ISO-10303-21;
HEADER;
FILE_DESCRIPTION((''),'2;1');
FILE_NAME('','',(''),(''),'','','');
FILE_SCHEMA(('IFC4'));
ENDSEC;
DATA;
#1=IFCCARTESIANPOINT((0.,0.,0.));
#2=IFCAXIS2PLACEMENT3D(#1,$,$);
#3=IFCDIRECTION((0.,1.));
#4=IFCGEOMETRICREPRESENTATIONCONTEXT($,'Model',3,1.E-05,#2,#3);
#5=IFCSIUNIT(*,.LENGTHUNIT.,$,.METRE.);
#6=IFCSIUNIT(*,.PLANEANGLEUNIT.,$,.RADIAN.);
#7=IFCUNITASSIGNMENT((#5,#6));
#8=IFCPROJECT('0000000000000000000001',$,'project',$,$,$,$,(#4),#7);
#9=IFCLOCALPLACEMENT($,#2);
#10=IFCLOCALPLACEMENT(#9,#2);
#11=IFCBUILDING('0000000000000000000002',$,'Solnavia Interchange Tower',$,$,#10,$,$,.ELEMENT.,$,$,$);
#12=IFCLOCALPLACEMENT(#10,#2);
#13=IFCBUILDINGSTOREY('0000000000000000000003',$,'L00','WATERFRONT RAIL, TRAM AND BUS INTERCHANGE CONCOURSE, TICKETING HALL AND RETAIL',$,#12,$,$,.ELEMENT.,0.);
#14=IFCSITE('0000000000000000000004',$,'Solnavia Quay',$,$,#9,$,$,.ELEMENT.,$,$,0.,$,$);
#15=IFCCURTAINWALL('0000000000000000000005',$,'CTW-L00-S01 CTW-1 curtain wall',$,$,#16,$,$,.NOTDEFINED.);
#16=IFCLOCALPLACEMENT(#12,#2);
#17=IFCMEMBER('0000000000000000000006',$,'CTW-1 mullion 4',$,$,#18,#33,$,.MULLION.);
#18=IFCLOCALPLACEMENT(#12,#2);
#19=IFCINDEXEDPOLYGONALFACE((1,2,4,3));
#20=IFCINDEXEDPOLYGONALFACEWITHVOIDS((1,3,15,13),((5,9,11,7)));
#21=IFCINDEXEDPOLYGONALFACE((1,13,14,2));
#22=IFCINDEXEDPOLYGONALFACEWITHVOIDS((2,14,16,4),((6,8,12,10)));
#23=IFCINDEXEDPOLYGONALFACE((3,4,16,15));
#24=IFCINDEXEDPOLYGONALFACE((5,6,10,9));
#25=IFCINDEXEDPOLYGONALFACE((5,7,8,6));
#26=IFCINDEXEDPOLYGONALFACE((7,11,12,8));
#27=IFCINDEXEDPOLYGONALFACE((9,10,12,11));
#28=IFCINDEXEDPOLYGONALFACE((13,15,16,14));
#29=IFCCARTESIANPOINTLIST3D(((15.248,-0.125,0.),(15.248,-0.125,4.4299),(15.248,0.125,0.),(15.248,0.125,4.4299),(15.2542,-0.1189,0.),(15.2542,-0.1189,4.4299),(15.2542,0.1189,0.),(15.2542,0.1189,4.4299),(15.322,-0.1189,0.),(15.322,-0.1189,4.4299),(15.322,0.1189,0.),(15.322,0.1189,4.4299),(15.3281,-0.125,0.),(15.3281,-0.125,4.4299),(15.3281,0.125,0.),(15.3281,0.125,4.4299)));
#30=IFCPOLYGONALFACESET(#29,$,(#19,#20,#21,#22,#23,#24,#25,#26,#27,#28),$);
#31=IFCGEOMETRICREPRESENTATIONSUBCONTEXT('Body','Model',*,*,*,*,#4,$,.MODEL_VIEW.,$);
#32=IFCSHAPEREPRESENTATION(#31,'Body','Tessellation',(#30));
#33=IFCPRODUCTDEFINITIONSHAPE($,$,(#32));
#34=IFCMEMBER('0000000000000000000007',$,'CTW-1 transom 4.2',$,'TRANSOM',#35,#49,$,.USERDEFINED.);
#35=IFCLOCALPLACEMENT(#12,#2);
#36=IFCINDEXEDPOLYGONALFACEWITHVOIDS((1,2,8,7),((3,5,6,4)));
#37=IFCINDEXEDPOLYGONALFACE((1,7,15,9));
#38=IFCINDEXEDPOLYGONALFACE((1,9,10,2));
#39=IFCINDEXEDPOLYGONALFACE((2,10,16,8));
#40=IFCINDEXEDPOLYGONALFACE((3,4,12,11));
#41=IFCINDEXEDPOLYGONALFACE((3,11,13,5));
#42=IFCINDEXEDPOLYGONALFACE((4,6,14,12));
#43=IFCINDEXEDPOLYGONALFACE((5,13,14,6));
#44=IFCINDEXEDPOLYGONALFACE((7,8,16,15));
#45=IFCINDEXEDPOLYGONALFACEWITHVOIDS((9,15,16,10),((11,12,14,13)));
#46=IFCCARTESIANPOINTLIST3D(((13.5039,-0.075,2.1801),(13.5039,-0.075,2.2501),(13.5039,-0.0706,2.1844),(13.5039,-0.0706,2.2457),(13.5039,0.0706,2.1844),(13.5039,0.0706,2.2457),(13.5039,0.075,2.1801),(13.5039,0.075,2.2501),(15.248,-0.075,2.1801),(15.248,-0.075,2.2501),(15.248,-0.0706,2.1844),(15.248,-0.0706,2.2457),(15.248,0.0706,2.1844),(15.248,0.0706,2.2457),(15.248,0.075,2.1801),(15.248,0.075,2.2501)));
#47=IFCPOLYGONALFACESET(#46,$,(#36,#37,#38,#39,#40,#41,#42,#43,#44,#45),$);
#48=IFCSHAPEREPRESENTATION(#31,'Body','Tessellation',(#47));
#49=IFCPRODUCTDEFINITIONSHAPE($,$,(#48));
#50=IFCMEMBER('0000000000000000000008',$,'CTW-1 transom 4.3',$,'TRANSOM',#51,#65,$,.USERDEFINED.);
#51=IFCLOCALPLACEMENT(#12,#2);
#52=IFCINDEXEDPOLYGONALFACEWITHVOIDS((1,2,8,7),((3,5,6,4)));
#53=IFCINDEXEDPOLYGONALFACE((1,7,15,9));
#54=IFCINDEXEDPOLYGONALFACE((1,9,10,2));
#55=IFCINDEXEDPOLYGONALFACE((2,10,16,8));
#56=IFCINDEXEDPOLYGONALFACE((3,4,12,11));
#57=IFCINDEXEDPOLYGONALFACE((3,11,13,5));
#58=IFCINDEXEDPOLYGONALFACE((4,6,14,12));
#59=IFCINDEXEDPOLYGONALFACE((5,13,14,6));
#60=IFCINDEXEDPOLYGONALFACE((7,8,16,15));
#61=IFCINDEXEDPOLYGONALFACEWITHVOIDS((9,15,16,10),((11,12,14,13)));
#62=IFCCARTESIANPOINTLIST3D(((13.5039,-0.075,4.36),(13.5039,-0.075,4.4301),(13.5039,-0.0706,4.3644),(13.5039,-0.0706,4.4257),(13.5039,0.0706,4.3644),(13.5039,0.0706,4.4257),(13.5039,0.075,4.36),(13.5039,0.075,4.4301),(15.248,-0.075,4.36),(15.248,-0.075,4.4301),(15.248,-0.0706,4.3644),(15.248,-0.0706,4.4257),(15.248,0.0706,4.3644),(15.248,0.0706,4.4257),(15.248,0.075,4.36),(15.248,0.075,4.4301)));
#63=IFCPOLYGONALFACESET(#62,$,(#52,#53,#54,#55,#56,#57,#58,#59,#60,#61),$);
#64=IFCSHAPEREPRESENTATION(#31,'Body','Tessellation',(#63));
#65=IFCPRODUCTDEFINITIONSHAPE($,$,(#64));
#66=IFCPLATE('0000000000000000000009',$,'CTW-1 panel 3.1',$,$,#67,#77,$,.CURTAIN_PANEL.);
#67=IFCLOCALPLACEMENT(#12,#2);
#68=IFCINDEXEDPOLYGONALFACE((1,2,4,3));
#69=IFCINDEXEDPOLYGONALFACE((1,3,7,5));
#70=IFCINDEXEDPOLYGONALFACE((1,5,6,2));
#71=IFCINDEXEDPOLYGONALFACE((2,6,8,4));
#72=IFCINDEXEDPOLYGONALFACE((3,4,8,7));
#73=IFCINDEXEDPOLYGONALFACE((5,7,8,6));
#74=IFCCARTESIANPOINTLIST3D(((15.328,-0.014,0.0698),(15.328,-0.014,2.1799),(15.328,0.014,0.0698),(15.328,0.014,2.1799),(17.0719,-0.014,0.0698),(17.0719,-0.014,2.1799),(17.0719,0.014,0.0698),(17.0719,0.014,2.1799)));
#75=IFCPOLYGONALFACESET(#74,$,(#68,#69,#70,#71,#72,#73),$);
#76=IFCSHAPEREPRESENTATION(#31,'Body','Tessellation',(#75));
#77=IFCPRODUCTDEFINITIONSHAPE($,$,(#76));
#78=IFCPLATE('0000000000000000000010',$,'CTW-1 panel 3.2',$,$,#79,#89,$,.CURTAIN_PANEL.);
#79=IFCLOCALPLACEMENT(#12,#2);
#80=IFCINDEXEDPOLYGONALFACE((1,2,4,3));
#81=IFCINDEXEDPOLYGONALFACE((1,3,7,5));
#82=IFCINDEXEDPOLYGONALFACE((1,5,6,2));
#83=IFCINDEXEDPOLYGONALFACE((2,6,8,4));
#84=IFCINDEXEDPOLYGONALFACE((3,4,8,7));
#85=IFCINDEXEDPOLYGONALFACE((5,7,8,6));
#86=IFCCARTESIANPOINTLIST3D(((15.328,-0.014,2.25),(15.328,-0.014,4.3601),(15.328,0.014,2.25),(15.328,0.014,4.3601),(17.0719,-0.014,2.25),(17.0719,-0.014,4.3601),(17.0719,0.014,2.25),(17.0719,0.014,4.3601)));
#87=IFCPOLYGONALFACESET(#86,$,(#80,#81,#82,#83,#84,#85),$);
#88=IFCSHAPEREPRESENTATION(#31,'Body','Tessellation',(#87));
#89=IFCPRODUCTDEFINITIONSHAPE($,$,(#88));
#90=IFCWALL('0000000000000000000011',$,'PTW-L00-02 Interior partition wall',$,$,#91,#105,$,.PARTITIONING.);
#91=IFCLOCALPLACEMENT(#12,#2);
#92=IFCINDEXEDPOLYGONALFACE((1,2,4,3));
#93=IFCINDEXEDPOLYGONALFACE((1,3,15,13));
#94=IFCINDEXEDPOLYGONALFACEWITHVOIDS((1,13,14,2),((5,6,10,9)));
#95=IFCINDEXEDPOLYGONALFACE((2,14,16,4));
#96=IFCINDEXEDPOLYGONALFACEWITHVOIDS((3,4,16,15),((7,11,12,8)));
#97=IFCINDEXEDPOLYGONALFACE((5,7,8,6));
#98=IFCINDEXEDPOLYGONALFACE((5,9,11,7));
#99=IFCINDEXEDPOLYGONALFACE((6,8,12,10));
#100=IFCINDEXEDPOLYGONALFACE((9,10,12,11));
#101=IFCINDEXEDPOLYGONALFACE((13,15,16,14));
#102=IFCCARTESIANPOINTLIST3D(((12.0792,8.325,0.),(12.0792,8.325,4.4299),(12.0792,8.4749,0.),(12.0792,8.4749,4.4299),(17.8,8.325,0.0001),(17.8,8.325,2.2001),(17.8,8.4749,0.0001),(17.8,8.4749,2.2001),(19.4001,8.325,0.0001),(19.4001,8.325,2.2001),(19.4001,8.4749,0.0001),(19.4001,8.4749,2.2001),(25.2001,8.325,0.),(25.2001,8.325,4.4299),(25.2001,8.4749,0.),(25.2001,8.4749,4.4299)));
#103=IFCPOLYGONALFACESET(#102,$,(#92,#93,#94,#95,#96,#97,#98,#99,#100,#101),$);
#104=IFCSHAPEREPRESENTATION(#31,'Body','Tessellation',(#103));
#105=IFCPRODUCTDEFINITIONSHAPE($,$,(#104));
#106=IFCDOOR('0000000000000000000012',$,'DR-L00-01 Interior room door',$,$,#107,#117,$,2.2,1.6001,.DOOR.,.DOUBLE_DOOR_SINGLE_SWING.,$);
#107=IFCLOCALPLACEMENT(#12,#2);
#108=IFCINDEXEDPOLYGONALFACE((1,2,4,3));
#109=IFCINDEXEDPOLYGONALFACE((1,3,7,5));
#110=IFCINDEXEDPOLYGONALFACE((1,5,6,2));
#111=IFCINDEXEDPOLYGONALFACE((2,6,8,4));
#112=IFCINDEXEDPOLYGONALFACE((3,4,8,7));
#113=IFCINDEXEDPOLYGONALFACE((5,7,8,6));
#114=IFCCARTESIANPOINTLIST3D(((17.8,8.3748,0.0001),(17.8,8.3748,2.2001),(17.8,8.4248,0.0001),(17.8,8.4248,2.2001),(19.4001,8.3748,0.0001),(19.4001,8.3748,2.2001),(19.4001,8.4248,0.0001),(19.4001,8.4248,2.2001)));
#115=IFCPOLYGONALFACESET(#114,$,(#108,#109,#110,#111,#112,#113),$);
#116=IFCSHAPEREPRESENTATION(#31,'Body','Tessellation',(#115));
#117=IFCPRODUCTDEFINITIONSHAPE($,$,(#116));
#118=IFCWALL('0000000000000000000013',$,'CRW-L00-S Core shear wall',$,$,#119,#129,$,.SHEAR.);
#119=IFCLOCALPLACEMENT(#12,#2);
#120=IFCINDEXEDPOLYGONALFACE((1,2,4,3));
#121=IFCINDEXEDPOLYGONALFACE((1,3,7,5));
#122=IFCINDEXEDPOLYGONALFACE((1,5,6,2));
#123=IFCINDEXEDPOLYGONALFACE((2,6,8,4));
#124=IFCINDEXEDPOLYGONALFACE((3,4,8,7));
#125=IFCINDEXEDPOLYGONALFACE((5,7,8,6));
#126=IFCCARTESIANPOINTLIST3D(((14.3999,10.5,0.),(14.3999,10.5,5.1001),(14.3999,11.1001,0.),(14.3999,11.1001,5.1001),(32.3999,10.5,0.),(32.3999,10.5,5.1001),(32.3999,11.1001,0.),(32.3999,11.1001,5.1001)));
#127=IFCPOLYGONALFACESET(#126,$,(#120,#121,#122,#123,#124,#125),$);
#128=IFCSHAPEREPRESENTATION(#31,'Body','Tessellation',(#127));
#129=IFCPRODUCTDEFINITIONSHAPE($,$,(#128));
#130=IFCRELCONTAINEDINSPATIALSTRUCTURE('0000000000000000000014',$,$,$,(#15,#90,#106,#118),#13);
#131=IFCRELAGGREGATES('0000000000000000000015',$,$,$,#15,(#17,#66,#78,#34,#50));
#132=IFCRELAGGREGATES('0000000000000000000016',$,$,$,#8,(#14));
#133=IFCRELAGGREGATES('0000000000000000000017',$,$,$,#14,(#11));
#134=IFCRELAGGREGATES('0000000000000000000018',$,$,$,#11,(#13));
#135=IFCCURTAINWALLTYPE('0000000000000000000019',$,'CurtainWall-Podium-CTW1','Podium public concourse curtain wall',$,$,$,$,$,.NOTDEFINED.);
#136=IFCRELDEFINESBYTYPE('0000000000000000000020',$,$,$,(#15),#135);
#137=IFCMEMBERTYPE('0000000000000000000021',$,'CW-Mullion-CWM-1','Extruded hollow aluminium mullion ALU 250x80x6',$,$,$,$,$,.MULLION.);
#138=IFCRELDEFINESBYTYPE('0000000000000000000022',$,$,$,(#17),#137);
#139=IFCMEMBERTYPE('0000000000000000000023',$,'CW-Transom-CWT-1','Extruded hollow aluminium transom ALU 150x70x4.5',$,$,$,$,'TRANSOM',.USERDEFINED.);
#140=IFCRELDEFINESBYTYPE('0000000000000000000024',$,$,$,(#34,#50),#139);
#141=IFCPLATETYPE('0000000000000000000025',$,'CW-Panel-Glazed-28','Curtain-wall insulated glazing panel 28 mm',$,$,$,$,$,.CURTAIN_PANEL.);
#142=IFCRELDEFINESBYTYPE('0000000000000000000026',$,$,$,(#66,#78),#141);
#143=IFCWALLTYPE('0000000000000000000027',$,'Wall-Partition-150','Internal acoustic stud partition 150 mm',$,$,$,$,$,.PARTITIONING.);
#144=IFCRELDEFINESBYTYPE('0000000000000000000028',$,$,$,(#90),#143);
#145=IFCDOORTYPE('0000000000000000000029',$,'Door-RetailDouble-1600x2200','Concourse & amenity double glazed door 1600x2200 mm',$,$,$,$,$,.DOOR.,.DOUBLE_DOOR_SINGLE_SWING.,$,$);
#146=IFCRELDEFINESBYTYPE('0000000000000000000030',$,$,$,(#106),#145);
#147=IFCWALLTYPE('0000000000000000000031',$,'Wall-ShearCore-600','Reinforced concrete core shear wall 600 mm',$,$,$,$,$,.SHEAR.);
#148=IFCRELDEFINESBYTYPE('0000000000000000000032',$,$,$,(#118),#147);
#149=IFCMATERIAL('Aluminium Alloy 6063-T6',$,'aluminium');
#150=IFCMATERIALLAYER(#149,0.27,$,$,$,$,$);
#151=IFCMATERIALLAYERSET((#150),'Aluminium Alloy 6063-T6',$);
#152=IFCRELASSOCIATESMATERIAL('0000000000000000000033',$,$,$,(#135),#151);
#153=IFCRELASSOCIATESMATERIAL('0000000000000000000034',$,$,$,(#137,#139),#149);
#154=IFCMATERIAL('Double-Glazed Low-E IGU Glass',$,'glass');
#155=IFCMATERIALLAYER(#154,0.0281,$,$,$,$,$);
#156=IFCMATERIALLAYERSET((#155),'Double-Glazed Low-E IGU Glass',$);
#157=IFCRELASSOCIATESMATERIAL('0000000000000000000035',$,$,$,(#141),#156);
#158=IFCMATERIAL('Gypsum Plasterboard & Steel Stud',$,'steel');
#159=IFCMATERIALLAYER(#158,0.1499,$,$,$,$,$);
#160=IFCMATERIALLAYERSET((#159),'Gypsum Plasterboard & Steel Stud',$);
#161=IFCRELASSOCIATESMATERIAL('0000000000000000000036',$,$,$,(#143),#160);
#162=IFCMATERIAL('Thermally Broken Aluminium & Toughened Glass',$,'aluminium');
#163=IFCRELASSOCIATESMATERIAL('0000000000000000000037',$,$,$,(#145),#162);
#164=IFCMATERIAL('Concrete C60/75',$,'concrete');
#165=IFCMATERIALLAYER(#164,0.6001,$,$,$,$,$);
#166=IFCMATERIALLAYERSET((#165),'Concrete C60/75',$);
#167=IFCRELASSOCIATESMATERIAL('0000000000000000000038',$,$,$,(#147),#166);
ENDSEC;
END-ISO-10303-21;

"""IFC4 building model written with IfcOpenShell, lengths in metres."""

from ifc_helpers import new_model, si_unit, direction, frame, frame_2d, origin, origin_2d, place, context, subcontext, project, spatial, rectangle, hollow_rectangle, extrude, material, layer, layer_set, material_profile, profile_set, type_object, element, fill, aggregate, save


model = new_model("IFC4")

# Units and contexts
model_context = context("Model", 3, precision=1e-05, world=origin(), true_north=direction((0.0, 1.0)))
body_context = subcontext(model_context, "Body", "Model", "MODEL_VIEW")
ifc_project = project(units=[si_unit("LENGTHUNIT", "METRE"), si_unit("PLANEANGLEUNIT", "RADIAN")], contexts=[model_context])

# Site, building, storey
site_placement = place(None, origin())
site = spatial("IfcSite", under=ifc_project, at=site_placement, Name="Solnavia Quay", CompositionType="ELEMENT", RefElevation=0.0)
building_placement = place(site_placement, origin())
building = spatial("IfcBuilding", under=site, at=building_placement, Name="Solnavia Interchange Tower", CompositionType="ELEMENT")
storey_placement = place(building_placement, origin())
storey = spatial("IfcBuildingStorey", under=building, at=storey_placement, Name="L00", Description="WATERFRONT RAIL, TRAM AND BUS INTERCHANGE CONCOURSE, TICKETING HALL AND RETAIL", CompositionType="ELEMENT", Elevation=0.0)

# Shared definitions
ifc_material_1 = material(Name="Concrete C60/75", Category="concrete")

# Curtain wall, members, plates
ifc_material_2 = material(Name="Aluminium Alloy 6063-T6", Category="aluminium")
ifc_layer_1 = layer(ifc_material_2, 0.27)
ifc_layer_set_1 = layer_set([ifc_layer_1], Name="Aluminium Alloy 6063-T6")
curtain_wall_type = type_object("IfcCurtainWallType", Name="CurtainWall-Podium-CTW1", Description="Podium public concourse curtain wall", PredefinedType="NOTDEFINED", material=ifc_layer_set_1)
curtain_wall_placement = place(storey_placement, origin())
curtain_wall = element("IfcCurtainWall", 1, at=curtain_wall_placement, inside=storey, type_object=curtain_wall_type, Name="CTW-L00-S01 CTW-1 curtain wall", PredefinedType="NOTDEFINED")
ifc_material_profile_1 = material_profile(ifc_material_2, hollow_rectangle(XDim=0.0801, YDim=0.25, WallThickness=0.0061, at=origin_2d()), Name="ALU 250x80x6")
ifc_profile_set_1 = profile_set([ifc_material_profile_1], Name="Aluminium Alloy 6063-T6")
member_type_1 = type_object("IfcMemberType", Name="CW-Mullion-CWM-1", Description="Extruded hollow aluminium mullion ALU 250x80x6", PredefinedType="MULLION", material=ifc_profile_set_1)
member_1_placement = place(storey_placement, frame((15.2881, 0.0, 0.0), z_axis=(0.0, 0.0, 1.0), x_axis=(-1.0, 0.0, 0.0)))
member_1 = element("IfcMember", 2, at=member_1_placement, type_object=member_type_1, Name="CTW-1 mullion 4", PredefinedType="MULLION", context=body_context, shape_type="SweptSolid", body=[
    extrude(hollow_rectangle(XDim=0.0801, YDim=0.25, WallThickness=0.0061, at=origin_2d()), origin(), (0.0, 0.0, 1.0), 4.4299),
])
ifc_material_profile_2 = material_profile(ifc_material_2, hollow_rectangle(XDim=0.0701, YDim=0.1499, WallThickness=0.0044, at=origin_2d()), Name="ALU 150x70x4.5")
ifc_profile_set_2 = profile_set([ifc_material_profile_2], Name="Aluminium Alloy 6063-T6")
member_type_2 = type_object("IfcMemberType", Name="CW-Transom-CWT-1", Description="Extruded hollow aluminium transom ALU 150x70x4.5", ElementType="TRANSOM", PredefinedType="USERDEFINED", material=ifc_profile_set_2)
member_2_placement = place(storey_placement, frame((15.248, 0.0, 2.2151), z_axis=(-1.0, 0.0, 0.0), x_axis=(0.0, 0.0, 1.0)))
member_2 = element("IfcMember", 3, at=member_2_placement, type_object=member_type_2, Name="CTW-1 transom 4.2", ObjectType="TRANSOM", PredefinedType="USERDEFINED", context=body_context, shape_type="SweptSolid", body=[
    extrude(hollow_rectangle(XDim=0.0701, YDim=0.1499, WallThickness=0.0044, at=origin_2d()), origin(), (0.0, 0.0, 1.0), 1.7441),
])
member_3_placement = place(storey_placement, frame((15.248, 0.0, 4.395), z_axis=(-1.0, 0.0, 0.0), x_axis=(0.0, 0.0, 1.0)))
member_3 = element("IfcMember", 4, at=member_3_placement, type_object=member_type_2, Name="CTW-1 transom 4.3", ObjectType="TRANSOM", PredefinedType="USERDEFINED", context=body_context, shape_type="SweptSolid", body=[
    extrude(hollow_rectangle(XDim=0.0701, YDim=0.1499, WallThickness=0.0044, at=origin_2d()), origin(), (0.0, 0.0, 1.0), 1.7441),
])
ifc_material_3 = material(Name="Double-Glazed Low-E IGU Glass", Category="glass")
ifc_layer_2 = layer(ifc_material_3, 0.0281)
ifc_layer_set_2 = layer_set([ifc_layer_2], Name="Double-Glazed Low-E IGU Glass")
plate_type = type_object("IfcPlateType", Name="CW-Panel-Glazed-28", Description="Curtain-wall insulated glazing panel 28 mm", PredefinedType="CURTAIN_PANEL", material=ifc_layer_set_2)
plate_1_placement = place(storey_placement, frame((16.2, 0.0, 0.0698), z_axis=(0.0, 0.0, 1.0), x_axis=(-1.0, 0.0, 0.0)))
plate_1 = element("IfcPlate", 5, at=plate_1_placement, type_object=plate_type, Name="CTW-1 panel 3.1", PredefinedType="CURTAIN_PANEL", context=body_context, shape_type="SweptSolid", body=[
    extrude(rectangle(XDim=1.7439, YDim=0.0281, at=origin_2d()), origin(), (0.0, 0.0, 1.0), 2.1101),
])
plate_2_placement = place(storey_placement, frame((16.2, 0.0, 2.25), z_axis=(0.0, 0.0, 1.0), x_axis=(-1.0, 0.0, 0.0)))
plate_2 = element("IfcPlate", 6, at=plate_2_placement, type_object=plate_type, Name="CTW-1 panel 3.2", PredefinedType="CURTAIN_PANEL", context=body_context, shape_type="SweptSolid", body=[
    extrude(rectangle(XDim=1.7439, YDim=0.0281, at=origin_2d()), origin(), (0.0, 0.0, 1.0), 2.1101),
])
aggregate(curtain_wall, [member_1, plate_1, plate_2, member_2, member_3])

# Wall, opening, door
ifc_material_4 = material(Name="Gypsum Plasterboard & Steel Stud", Category="steel")
ifc_layer_3 = layer(ifc_material_4, 0.1499)
ifc_layer_set_3 = layer_set([ifc_layer_3], Name="Gypsum Plasterboard & Steel Stud")
wall_type_1 = type_object("IfcWallType", Name="Wall-Partition-150", Description="Internal acoustic stud partition 150 mm", PredefinedType="PARTITIONING", material=ifc_layer_set_3)
wall_1_placement = place(storey_placement, frame((12.0791, 8.3999, 0.0), z_axis=(0.0, 0.0, 1.0), x_axis=(1.0, 0.0, 0.0)))
wall_1 = element("IfcWall", 7, at=wall_1_placement, inside=storey, type_object=wall_type_1, Name="PTW-L00-02 Interior partition wall", PredefinedType="PARTITIONING", context=body_context, shape_type="SweptSolid", body=[
    extrude(rectangle(XDim=13.1208, YDim=0.1499, at=frame_2d((6.5605, 0.0))), origin(), (0.0, 0.0, 1.0), 4.4299),
])
opening_1_placement = place(wall_1_placement, frame((5.7209, 0.0, 0.0)))
opening_1 = element("IfcOpeningElement", 8, at=opening_1_placement, cuts=wall_1, PredefinedType="OPENING", context=body_context, shape_type="SweptSolid", body=[
    extrude(rectangle(XDim=1.6001, YDim=2.2, at=frame_2d((0.8, 1.1001))), frame((0.0, 0.085, 0.0), z_axis=(0.0, -1.0, 0.0), x_axis=(1.0, 0.0, 0.0)), (0.0, 0.0, 1.0), 0.1699),
])
ifc_material_5 = material(Name="Thermally Broken Aluminium & Toughened Glass", Category="aluminium")
door_type_1 = type_object("IfcDoorType", Name="Door-RetailDouble-1600x2200", Description="Concourse & amenity double glazed door 1600x2200 mm", OperationType="DOUBLE_DOOR_SINGLE_SWING", PredefinedType="DOOR", material=ifc_material_5)
door_1_placement = place(opening_1_placement, origin())
door_1 = element("IfcDoor", 9, at=door_1_placement, inside=storey, type_object=door_type_1, Name="DR-L00-01 Interior room door", OperationType="DOUBLE_DOOR_SINGLE_SWING", OverallHeight=2.2, OverallWidth=1.6001, PredefinedType="DOOR", context=body_context, shape_type="SweptSolid", body=[
    extrude(rectangle(XDim=1.6001, YDim=2.2, at=frame_2d((0.8, 1.1001))), frame((0.0, 0.0249, 0.0), z_axis=(0.0, -1.0, 0.0), x_axis=(1.0, 0.0, 0.0)), (0.0, 0.0, 1.0), 0.05),
])
fill(opening_1, door_1)

# Wall
ifc_layer_4 = layer(ifc_material_1, 0.6001)
ifc_layer_set_4 = layer_set([ifc_layer_4], Name="Concrete C60/75")
wall_type_2 = type_object("IfcWallType", Name="Wall-ShearCore-600", Description="Reinforced concrete core shear wall 600 mm", PredefinedType="SHEAR", material=ifc_layer_set_4)
wall_2_placement = place(storey_placement, frame((14.3999, 10.8, 0.0), z_axis=(0.0, 0.0, 1.0), x_axis=(1.0, 0.0, 0.0)))
element("IfcWall", 10, at=wall_2_placement, inside=storey, type_object=wall_type_2, Name="CRW-L00-S Core shear wall", PredefinedType="SHEAR", context=body_context, shape_type="SweptSolid", body=[
    extrude(rectangle(XDim=18.0, YDim=0.6001, at=frame_2d((9.0, 0.0))), origin(), (0.0, 0.0, 1.0), 5.1001),
])

save(model, "model.ifc")
